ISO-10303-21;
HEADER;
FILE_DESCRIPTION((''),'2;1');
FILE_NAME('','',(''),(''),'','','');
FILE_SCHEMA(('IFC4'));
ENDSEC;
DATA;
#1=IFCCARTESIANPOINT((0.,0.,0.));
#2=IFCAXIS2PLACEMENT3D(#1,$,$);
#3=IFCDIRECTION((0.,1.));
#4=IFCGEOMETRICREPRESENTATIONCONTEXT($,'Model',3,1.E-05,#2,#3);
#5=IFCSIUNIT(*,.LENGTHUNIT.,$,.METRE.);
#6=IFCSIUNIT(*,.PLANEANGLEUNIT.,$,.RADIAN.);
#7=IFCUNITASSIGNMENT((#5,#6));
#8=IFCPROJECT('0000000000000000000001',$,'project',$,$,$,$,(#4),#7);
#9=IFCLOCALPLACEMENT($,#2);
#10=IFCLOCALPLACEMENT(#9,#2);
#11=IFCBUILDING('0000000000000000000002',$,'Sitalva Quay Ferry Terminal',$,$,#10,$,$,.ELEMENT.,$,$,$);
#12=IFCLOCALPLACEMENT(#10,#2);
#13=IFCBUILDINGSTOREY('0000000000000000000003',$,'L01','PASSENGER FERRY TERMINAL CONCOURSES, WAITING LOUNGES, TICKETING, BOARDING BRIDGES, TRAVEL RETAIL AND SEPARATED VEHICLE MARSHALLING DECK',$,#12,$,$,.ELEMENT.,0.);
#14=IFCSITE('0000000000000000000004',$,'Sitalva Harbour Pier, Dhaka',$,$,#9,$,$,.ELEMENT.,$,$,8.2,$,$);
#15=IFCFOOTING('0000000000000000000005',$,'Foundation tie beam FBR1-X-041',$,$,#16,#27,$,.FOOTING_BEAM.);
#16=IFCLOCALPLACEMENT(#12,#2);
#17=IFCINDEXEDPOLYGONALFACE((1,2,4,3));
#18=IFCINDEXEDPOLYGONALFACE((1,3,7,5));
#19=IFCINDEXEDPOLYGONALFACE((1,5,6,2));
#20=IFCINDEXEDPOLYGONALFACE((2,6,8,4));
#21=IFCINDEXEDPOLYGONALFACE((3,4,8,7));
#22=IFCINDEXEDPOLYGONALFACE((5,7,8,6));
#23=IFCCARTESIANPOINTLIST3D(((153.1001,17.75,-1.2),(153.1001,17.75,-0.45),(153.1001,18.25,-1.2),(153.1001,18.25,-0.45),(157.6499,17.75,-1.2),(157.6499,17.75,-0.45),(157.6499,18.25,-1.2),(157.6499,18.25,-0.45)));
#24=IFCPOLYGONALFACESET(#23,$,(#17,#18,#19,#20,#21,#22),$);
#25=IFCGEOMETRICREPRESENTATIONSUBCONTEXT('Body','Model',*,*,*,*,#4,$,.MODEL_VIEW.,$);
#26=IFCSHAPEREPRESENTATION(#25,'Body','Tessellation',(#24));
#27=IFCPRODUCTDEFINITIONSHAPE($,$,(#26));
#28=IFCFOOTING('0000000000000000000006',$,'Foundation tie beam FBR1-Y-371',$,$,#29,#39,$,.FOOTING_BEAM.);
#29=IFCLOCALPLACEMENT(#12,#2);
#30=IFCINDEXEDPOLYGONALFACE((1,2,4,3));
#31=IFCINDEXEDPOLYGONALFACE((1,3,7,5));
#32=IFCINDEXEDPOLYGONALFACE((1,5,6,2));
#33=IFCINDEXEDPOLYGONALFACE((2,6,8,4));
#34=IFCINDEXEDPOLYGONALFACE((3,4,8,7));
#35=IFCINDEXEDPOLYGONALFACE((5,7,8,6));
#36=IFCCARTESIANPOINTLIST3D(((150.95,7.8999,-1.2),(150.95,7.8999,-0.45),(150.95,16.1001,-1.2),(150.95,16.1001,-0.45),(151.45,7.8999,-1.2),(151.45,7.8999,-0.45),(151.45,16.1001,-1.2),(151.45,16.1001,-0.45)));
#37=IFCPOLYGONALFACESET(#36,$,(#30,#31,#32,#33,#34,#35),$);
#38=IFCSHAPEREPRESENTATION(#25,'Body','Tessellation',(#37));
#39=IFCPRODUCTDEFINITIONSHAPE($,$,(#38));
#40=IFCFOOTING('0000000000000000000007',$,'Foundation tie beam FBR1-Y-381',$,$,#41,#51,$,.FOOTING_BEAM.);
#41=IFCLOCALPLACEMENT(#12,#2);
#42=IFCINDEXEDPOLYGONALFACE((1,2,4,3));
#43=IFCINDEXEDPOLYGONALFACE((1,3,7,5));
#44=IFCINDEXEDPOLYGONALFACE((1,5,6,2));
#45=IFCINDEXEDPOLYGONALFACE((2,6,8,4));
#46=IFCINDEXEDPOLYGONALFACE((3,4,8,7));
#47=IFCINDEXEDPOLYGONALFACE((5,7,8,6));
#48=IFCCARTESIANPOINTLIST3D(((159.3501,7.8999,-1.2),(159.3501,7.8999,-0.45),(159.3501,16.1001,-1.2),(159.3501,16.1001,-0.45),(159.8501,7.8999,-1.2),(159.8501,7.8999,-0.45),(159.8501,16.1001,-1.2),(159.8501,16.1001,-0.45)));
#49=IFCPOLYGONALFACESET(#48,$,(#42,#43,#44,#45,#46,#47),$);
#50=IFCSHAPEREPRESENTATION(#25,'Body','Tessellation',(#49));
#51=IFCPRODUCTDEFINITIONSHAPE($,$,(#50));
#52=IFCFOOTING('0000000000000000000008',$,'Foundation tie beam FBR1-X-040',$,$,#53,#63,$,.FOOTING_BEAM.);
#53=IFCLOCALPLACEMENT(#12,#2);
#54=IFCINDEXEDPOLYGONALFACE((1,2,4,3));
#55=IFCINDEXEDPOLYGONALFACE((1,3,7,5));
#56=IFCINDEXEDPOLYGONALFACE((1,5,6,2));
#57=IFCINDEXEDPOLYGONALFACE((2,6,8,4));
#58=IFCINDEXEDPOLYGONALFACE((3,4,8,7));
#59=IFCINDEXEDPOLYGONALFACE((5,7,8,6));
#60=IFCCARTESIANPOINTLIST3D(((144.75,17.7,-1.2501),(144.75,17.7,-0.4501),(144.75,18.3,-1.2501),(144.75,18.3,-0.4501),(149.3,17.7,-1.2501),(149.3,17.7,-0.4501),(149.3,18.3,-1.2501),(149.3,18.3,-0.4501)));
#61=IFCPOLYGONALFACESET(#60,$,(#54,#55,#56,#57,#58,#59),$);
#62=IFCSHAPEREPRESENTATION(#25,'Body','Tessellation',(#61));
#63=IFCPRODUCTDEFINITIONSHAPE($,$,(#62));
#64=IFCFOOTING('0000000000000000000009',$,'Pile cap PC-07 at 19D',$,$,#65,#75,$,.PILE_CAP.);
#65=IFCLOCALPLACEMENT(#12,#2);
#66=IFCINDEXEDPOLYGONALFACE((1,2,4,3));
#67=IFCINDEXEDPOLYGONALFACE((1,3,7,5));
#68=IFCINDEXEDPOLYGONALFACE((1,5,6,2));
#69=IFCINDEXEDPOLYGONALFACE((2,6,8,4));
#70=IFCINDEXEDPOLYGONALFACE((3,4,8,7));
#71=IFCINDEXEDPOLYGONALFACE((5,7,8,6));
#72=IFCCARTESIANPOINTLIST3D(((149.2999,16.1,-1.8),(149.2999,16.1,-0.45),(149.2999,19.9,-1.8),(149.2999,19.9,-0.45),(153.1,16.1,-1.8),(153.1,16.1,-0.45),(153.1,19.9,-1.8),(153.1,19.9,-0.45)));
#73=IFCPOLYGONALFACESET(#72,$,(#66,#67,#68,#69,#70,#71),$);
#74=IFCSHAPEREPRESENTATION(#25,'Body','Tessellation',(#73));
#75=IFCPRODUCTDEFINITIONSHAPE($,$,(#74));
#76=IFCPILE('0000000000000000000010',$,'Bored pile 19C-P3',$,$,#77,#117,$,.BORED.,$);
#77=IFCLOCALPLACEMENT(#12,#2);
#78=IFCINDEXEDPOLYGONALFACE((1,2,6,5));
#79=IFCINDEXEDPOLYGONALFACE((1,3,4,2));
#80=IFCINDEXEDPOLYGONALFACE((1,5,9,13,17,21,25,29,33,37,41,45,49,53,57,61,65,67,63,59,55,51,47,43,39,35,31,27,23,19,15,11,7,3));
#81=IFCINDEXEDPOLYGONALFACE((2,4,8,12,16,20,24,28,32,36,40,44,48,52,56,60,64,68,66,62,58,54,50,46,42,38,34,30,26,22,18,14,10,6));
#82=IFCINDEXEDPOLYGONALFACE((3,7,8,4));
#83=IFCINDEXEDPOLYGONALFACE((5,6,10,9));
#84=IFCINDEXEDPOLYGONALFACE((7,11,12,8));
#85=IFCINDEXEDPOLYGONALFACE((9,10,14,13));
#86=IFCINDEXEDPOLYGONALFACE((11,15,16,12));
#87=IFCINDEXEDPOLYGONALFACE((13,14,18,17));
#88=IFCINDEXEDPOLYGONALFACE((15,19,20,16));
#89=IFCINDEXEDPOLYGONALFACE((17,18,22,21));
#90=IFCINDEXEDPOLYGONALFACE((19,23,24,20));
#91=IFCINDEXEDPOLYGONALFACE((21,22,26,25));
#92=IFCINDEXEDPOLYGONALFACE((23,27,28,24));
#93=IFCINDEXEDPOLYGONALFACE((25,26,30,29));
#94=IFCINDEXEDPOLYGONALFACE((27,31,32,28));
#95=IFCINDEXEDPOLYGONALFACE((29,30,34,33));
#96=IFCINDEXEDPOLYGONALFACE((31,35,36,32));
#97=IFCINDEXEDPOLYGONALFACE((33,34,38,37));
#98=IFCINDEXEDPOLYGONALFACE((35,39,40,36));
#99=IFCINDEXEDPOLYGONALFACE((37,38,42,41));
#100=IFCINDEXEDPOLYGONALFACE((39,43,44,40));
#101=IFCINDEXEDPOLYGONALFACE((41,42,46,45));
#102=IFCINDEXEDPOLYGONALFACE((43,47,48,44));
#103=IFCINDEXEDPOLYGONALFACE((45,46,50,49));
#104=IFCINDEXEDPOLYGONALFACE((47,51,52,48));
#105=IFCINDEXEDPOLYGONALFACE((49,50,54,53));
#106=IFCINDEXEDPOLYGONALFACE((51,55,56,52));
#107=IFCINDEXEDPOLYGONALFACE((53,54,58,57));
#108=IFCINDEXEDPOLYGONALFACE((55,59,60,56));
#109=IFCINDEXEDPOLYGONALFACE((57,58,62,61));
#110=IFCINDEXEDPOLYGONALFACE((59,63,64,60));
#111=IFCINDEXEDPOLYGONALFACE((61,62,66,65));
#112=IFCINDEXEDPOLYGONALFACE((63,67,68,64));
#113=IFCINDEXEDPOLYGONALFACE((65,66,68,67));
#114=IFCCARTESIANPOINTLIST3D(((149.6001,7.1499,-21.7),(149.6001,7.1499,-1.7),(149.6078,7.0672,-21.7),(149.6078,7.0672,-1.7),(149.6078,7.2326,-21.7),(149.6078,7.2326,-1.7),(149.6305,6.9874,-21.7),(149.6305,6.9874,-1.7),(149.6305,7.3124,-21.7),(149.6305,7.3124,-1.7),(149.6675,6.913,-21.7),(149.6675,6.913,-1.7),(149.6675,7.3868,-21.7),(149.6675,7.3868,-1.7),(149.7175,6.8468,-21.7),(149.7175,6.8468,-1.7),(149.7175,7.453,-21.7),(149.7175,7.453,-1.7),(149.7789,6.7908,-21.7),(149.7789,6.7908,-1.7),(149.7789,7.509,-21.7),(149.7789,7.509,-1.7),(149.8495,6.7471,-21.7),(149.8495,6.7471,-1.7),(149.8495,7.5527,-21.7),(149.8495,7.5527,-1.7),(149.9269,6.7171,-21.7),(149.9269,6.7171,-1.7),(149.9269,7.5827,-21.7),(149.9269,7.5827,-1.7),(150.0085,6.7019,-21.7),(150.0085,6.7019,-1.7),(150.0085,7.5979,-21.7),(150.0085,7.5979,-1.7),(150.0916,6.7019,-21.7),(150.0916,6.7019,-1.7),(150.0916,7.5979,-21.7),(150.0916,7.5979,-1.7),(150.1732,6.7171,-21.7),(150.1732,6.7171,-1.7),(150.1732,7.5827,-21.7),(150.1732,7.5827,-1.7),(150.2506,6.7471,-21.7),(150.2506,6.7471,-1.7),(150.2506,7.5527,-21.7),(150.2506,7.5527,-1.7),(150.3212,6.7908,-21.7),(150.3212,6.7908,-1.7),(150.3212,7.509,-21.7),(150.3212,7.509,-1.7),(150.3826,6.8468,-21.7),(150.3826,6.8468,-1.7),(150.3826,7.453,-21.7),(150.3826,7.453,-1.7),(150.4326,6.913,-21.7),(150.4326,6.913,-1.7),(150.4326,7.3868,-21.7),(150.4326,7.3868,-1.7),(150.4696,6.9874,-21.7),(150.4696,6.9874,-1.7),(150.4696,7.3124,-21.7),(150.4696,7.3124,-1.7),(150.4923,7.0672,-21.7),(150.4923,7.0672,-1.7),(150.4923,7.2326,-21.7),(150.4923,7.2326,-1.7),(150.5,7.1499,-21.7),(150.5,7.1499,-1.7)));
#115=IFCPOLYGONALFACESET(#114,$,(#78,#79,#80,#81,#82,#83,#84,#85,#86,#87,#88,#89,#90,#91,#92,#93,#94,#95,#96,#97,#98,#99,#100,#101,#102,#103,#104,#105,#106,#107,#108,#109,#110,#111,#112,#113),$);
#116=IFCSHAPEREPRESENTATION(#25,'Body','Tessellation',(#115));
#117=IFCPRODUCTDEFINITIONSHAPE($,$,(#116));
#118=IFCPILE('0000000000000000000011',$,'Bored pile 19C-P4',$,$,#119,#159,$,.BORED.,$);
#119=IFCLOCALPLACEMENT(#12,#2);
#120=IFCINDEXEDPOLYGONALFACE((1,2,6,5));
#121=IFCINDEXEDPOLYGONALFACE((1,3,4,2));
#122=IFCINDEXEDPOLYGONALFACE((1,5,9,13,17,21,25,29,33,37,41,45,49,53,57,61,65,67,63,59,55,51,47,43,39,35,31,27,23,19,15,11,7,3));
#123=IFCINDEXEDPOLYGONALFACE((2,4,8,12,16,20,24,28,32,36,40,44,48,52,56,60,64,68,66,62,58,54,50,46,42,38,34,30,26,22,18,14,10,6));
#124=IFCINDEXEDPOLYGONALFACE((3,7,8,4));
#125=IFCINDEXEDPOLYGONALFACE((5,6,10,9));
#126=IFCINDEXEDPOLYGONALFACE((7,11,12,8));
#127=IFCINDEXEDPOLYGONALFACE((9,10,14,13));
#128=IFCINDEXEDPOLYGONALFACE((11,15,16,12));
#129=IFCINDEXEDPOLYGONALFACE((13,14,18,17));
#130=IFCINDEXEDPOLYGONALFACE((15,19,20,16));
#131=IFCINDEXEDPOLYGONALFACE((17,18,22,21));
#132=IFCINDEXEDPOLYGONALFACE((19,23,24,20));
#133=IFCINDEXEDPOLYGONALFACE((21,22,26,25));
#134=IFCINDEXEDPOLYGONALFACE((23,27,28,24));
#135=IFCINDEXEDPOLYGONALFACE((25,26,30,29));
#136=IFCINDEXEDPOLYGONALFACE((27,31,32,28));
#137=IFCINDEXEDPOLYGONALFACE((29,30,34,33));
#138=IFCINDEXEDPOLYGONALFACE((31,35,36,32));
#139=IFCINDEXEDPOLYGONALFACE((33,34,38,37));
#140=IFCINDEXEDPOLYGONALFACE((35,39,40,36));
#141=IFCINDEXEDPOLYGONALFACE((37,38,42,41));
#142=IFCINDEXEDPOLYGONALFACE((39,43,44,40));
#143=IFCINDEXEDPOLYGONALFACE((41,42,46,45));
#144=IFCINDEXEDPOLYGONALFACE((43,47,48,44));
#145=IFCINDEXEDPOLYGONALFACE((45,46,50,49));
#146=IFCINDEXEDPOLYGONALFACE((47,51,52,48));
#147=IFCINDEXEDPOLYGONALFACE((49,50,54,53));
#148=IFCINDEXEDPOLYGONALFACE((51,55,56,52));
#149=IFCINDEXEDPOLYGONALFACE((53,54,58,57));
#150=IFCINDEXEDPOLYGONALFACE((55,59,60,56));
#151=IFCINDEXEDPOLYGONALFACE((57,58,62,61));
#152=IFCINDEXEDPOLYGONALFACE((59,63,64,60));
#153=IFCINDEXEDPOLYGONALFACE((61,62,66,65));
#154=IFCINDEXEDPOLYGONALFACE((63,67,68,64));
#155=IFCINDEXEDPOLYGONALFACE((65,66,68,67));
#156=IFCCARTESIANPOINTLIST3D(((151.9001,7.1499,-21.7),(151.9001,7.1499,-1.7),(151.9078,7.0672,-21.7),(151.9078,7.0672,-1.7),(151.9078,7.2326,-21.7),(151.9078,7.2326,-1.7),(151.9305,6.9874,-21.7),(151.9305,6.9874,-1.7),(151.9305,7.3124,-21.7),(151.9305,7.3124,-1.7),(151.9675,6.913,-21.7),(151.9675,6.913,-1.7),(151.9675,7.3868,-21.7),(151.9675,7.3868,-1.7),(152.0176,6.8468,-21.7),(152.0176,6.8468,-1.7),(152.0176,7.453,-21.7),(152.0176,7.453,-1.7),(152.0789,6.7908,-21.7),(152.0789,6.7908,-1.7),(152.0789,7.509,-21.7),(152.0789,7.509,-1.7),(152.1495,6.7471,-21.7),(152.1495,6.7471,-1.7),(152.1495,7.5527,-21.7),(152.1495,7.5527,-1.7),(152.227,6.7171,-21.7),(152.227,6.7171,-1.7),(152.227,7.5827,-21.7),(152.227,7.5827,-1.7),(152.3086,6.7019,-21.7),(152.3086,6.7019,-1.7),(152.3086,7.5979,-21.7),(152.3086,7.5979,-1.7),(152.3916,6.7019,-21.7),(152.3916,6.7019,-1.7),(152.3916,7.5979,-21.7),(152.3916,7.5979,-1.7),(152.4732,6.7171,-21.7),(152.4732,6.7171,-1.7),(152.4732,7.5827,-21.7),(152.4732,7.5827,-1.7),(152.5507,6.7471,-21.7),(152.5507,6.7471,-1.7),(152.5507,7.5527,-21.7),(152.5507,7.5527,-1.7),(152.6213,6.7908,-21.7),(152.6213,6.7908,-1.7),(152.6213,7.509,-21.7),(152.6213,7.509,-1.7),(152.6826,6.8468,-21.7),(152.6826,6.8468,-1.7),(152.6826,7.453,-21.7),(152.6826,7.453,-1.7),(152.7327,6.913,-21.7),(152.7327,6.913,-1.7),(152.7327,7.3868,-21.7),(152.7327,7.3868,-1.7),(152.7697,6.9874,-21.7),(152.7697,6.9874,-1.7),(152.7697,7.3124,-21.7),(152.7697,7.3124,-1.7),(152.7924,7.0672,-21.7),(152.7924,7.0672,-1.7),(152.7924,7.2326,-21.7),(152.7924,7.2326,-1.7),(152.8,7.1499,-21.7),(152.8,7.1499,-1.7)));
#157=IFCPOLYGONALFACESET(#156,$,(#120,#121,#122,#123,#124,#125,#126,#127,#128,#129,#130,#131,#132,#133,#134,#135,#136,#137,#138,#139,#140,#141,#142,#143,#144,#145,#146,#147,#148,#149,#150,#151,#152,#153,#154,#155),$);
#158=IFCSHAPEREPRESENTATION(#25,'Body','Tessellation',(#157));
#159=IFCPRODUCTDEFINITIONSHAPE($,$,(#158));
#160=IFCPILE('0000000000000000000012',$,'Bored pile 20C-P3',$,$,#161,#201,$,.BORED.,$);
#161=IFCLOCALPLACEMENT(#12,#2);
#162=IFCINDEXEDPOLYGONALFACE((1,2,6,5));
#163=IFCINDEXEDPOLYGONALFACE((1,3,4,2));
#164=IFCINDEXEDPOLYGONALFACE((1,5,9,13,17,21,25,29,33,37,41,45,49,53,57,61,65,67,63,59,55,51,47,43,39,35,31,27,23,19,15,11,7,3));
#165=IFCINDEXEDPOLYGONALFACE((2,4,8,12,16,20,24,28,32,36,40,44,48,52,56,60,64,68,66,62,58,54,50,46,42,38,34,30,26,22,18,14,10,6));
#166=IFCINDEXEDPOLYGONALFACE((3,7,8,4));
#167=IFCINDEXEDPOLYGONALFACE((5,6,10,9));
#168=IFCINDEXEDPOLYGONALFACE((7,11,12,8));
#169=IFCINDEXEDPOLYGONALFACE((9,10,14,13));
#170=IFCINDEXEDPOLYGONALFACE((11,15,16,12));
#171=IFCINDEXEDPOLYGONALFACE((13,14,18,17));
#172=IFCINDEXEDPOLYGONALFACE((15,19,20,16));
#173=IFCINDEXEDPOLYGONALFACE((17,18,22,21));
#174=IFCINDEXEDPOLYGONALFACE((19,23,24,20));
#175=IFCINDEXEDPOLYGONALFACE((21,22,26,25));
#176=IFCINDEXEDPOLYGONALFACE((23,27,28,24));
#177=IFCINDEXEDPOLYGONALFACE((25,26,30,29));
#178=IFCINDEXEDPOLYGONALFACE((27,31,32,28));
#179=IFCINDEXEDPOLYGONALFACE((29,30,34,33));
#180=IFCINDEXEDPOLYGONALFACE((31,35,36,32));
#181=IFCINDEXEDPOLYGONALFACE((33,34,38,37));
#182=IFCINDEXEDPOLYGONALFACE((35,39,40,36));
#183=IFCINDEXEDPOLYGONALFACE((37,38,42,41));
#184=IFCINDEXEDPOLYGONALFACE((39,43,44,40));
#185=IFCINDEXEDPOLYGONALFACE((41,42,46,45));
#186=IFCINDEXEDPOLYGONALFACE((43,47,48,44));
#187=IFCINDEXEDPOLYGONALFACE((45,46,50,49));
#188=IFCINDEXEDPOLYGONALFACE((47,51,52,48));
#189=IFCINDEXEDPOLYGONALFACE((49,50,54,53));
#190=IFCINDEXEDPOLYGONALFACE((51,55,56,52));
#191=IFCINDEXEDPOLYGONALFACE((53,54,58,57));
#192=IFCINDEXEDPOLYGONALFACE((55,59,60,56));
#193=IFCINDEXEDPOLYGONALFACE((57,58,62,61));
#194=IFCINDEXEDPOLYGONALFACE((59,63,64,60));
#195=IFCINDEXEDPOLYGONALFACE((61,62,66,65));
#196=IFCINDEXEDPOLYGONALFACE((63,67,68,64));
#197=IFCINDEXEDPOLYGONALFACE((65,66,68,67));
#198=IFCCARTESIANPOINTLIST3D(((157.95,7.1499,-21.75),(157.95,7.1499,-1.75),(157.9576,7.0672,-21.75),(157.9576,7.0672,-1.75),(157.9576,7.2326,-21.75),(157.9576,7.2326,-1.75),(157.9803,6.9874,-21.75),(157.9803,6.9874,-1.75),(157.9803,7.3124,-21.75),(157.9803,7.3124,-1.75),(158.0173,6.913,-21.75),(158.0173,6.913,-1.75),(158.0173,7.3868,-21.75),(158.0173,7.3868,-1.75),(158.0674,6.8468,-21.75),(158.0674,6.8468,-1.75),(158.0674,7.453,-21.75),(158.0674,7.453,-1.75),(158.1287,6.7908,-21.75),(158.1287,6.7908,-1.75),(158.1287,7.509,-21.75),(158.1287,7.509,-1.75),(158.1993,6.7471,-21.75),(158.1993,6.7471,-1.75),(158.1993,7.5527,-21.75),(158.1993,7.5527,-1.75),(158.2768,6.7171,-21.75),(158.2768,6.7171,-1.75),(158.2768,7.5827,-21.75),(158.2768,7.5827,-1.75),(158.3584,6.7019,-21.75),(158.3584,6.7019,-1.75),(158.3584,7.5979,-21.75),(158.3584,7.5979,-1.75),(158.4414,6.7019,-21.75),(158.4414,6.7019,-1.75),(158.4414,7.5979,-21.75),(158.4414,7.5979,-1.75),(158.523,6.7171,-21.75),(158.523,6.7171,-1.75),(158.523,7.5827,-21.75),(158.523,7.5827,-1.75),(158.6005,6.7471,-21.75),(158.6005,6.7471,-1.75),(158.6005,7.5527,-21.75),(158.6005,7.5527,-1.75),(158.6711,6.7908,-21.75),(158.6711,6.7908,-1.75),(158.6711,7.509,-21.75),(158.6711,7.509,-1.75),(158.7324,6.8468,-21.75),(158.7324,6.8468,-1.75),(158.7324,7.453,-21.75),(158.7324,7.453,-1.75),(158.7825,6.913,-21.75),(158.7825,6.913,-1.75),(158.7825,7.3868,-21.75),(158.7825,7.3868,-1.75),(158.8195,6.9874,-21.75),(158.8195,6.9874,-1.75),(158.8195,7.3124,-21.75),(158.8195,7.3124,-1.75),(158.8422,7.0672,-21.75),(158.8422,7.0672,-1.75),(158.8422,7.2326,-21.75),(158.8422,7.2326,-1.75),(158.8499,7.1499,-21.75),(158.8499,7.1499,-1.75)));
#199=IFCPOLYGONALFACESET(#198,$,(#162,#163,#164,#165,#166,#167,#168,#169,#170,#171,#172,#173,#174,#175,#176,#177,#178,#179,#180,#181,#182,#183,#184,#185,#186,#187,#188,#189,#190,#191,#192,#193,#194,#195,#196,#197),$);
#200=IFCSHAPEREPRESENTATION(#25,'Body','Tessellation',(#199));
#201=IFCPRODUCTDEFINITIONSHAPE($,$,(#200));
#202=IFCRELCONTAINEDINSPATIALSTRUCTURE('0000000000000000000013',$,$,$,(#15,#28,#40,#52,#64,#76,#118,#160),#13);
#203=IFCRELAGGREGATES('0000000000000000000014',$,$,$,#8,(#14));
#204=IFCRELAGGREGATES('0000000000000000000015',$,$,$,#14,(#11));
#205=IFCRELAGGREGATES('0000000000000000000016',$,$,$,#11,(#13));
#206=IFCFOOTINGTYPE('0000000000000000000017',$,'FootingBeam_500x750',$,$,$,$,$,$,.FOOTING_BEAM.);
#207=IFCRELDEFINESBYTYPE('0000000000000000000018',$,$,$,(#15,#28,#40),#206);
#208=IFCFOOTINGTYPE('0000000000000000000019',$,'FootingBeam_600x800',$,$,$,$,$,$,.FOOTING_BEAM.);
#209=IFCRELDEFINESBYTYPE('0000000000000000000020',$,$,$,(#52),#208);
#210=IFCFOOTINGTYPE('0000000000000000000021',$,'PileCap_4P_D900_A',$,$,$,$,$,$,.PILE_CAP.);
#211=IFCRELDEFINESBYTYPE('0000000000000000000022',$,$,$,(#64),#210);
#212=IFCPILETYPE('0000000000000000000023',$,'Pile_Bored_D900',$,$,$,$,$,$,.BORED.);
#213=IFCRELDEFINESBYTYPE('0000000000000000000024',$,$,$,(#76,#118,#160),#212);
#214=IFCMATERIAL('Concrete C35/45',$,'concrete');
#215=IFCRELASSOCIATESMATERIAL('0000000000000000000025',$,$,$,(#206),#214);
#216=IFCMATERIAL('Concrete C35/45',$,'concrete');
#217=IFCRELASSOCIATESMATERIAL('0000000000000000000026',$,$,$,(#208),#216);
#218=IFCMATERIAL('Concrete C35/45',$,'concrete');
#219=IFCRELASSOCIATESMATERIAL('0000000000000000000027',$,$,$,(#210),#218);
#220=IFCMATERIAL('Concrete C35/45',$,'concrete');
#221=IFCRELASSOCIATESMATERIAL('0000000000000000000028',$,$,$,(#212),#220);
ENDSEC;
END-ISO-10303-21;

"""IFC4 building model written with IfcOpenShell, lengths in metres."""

from ifc_helpers import new_model, si_unit, direction, frame, origin, origin_2d, place, context, subcontext, project, spatial, rectangle, circle, extrude, material, material_profile, profile_set, type_object, element, save


model = new_model("IFC4")

# Units and contexts
model_context = context("Model", 3, precision=1e-05, world=origin(), true_north=direction((0.0, 1.0)))
body_context = subcontext(model_context, "Body", "Model", "MODEL_VIEW")
ifc_project = project(units=[si_unit("LENGTHUNIT", "METRE"), si_unit("PLANEANGLEUNIT", "RADIAN")], contexts=[model_context])

# Site, building, storey
site_placement = place(None, origin())
site = spatial("IfcSite", under=ifc_project, at=site_placement, Name="Sitalva Harbour Pier, Dhaka", CompositionType="ELEMENT", RefElevation=8.2)
building_placement = place(site_placement, origin())
building = spatial("IfcBuilding", under=site, at=building_placement, Name="Sitalva Quay Ferry Terminal", CompositionType="ELEMENT")
storey_placement = place(building_placement, origin())
storey = spatial("IfcBuildingStorey", under=building, at=storey_placement, Name="L01", Description="PASSENGER FERRY TERMINAL CONCOURSES, WAITING LOUNGES, TICKETING, BOARDING BRIDGES, TRAVEL RETAIL AND SEPARATED VEHICLE MARSHALLING DECK", CompositionType="ELEMENT", Elevation=0.0)

# Footings
ifc_material_1 = material(Name="Concrete C35/45", Category="concrete")
ifc_material_profile_1 = material_profile(ifc_material_1, rectangle(XDim=0.5, YDim=0.75, at=origin_2d()), Name="RC500x750")
ifc_profile_set_1 = profile_set([ifc_material_profile_1], Name="Concrete C35/45")
footing_type_1 = type_object("IfcFootingType", Name="FootingBeam_500x750", PredefinedType="FOOTING_BEAM", material=ifc_profile_set_1)
footing_1_placement = place(storey_placement, frame((153.1001, 18.0, -0.825), z_axis=(1.0, 0.0, 0.0), x_axis=(0.0, 1.0, 0.0)))
element("IfcFooting", 1, at=footing_1_placement, inside=storey, type_object=footing_type_1, Name="Foundation tie beam FBR1-X-041", PredefinedType="FOOTING_BEAM", context=body_context, shape_type="SweptSolid", body=[
    extrude(rectangle(XDim=0.5, YDim=0.75, at=origin_2d()), origin(), (0.0, 0.0, 1.0), 4.5498),
])
for number, where, z_axis, x_axis, name in (
    (2, (151.2, 7.8999, -0.825), (0.0, 1.0, 0.0), (-1.0, 0.0, 0.0), "Foundation tie beam FBR1-Y-371"),
    (3, (159.6001, 7.8999, -0.825), (0.0, 1.0, 0.0), (-1.0, 0.0, 0.0), "Foundation tie beam FBR1-Y-381"),
):
    element("IfcFooting", number, at=place(storey_placement, frame(where, z_axis=z_axis, x_axis=x_axis)), inside=storey, type_object=footing_type_1, Name=name, PredefinedType="FOOTING_BEAM", context=body_context, shape_type="SweptSolid", body=[
        extrude(rectangle(XDim=0.5, YDim=0.75, at=origin_2d()), origin(), (0.0, 0.0, 1.0), 8.2002),
    ])
ifc_material_2 = material(Name="Concrete C35/45", Category="concrete")
ifc_material_profile_2 = material_profile(ifc_material_2, rectangle(XDim=0.6001, YDim=0.8, at=origin_2d()), Name="RC600x800")
ifc_profile_set_2 = profile_set([ifc_material_profile_2], Name="Concrete C35/45")
footing_type_2 = type_object("IfcFootingType", Name="FootingBeam_600x800", PredefinedType="FOOTING_BEAM", material=ifc_profile_set_2)
footing_2_placement = place(storey_placement, frame((144.75, 18.0, -0.8501), z_axis=(1.0, 0.0, 0.0), x_axis=(0.0, 1.0, 0.0)))
element("IfcFooting", 4, at=footing_2_placement, inside=storey, type_object=footing_type_2, Name="Foundation tie beam FBR1-X-040", PredefinedType="FOOTING_BEAM", context=body_context, shape_type="SweptSolid", body=[
    extrude(rectangle(XDim=0.6001, YDim=0.8, at=origin_2d()), origin(), (0.0, 0.0, 1.0), 4.55),
])
ifc_material_3 = material(Name="Concrete C35/45", Category="concrete")
footing_type_3 = type_object("IfcFootingType", Name="PileCap_4P_D900_A", PredefinedType="PILE_CAP", material=ifc_material_3)
footing_3_placement = place(storey_placement, frame((151.2, 18.0, -1.8), z_axis=(0.0, 0.0, 1.0), x_axis=(1.0, 0.0, 0.0)))
element("IfcFooting", 5, at=footing_3_placement, inside=storey, type_object=footing_type_3, Name="Pile cap PC-07 at 19D", PredefinedType="PILE_CAP", context=body_context, shape_type="SweptSolid", body=[
    extrude(rectangle(XDim=3.8, YDim=3.8, at=origin_2d()), origin(), (0.0, 0.0, 1.0), 1.3501),
])

# Piles
ifc_material_4 = material(Name="Concrete C35/45", Category="concrete")
ifc_material_profile_3 = material_profile(ifc_material_4, circle(Radius=0.45, at=origin_2d()), Name="PILE-D900")
ifc_profile_set_3 = profile_set([ifc_material_profile_3], Name="Concrete C35/45")
pile_type = type_object("IfcPileType", Name="Pile_Bored_D900", PredefinedType="BORED", material=ifc_profile_set_3)
for number, where, z_axis, x_axis, name in (
    (6, (150.05, 7.1499, -1.7), (0.0, 0.0, -1.0), (1.0, 0.0, 0.0), "Bored pile 19C-P3"),
    (7, (152.3501, 7.1499, -1.7), (0.0, 0.0, -1.0), (1.0, 0.0, 0.0), "Bored pile 19C-P4"),
    (8, (158.3999, 7.1499, -1.75), (0.0, 0.0, -1.0), (1.0, 0.0, 0.0), "Bored pile 20C-P3"),
):
    element("IfcPile", number, at=place(storey_placement, frame(where, z_axis=z_axis, x_axis=x_axis)), inside=storey, type_object=pile_type, Name=name, PredefinedType="BORED", context=body_context, shape_type="SweptSolid", body=[
        extrude(circle(Radius=0.45, at=origin_2d()), origin(), (0.0, 0.0, 1.0), 20.0),
    ])

save(model, "model.ifc")
